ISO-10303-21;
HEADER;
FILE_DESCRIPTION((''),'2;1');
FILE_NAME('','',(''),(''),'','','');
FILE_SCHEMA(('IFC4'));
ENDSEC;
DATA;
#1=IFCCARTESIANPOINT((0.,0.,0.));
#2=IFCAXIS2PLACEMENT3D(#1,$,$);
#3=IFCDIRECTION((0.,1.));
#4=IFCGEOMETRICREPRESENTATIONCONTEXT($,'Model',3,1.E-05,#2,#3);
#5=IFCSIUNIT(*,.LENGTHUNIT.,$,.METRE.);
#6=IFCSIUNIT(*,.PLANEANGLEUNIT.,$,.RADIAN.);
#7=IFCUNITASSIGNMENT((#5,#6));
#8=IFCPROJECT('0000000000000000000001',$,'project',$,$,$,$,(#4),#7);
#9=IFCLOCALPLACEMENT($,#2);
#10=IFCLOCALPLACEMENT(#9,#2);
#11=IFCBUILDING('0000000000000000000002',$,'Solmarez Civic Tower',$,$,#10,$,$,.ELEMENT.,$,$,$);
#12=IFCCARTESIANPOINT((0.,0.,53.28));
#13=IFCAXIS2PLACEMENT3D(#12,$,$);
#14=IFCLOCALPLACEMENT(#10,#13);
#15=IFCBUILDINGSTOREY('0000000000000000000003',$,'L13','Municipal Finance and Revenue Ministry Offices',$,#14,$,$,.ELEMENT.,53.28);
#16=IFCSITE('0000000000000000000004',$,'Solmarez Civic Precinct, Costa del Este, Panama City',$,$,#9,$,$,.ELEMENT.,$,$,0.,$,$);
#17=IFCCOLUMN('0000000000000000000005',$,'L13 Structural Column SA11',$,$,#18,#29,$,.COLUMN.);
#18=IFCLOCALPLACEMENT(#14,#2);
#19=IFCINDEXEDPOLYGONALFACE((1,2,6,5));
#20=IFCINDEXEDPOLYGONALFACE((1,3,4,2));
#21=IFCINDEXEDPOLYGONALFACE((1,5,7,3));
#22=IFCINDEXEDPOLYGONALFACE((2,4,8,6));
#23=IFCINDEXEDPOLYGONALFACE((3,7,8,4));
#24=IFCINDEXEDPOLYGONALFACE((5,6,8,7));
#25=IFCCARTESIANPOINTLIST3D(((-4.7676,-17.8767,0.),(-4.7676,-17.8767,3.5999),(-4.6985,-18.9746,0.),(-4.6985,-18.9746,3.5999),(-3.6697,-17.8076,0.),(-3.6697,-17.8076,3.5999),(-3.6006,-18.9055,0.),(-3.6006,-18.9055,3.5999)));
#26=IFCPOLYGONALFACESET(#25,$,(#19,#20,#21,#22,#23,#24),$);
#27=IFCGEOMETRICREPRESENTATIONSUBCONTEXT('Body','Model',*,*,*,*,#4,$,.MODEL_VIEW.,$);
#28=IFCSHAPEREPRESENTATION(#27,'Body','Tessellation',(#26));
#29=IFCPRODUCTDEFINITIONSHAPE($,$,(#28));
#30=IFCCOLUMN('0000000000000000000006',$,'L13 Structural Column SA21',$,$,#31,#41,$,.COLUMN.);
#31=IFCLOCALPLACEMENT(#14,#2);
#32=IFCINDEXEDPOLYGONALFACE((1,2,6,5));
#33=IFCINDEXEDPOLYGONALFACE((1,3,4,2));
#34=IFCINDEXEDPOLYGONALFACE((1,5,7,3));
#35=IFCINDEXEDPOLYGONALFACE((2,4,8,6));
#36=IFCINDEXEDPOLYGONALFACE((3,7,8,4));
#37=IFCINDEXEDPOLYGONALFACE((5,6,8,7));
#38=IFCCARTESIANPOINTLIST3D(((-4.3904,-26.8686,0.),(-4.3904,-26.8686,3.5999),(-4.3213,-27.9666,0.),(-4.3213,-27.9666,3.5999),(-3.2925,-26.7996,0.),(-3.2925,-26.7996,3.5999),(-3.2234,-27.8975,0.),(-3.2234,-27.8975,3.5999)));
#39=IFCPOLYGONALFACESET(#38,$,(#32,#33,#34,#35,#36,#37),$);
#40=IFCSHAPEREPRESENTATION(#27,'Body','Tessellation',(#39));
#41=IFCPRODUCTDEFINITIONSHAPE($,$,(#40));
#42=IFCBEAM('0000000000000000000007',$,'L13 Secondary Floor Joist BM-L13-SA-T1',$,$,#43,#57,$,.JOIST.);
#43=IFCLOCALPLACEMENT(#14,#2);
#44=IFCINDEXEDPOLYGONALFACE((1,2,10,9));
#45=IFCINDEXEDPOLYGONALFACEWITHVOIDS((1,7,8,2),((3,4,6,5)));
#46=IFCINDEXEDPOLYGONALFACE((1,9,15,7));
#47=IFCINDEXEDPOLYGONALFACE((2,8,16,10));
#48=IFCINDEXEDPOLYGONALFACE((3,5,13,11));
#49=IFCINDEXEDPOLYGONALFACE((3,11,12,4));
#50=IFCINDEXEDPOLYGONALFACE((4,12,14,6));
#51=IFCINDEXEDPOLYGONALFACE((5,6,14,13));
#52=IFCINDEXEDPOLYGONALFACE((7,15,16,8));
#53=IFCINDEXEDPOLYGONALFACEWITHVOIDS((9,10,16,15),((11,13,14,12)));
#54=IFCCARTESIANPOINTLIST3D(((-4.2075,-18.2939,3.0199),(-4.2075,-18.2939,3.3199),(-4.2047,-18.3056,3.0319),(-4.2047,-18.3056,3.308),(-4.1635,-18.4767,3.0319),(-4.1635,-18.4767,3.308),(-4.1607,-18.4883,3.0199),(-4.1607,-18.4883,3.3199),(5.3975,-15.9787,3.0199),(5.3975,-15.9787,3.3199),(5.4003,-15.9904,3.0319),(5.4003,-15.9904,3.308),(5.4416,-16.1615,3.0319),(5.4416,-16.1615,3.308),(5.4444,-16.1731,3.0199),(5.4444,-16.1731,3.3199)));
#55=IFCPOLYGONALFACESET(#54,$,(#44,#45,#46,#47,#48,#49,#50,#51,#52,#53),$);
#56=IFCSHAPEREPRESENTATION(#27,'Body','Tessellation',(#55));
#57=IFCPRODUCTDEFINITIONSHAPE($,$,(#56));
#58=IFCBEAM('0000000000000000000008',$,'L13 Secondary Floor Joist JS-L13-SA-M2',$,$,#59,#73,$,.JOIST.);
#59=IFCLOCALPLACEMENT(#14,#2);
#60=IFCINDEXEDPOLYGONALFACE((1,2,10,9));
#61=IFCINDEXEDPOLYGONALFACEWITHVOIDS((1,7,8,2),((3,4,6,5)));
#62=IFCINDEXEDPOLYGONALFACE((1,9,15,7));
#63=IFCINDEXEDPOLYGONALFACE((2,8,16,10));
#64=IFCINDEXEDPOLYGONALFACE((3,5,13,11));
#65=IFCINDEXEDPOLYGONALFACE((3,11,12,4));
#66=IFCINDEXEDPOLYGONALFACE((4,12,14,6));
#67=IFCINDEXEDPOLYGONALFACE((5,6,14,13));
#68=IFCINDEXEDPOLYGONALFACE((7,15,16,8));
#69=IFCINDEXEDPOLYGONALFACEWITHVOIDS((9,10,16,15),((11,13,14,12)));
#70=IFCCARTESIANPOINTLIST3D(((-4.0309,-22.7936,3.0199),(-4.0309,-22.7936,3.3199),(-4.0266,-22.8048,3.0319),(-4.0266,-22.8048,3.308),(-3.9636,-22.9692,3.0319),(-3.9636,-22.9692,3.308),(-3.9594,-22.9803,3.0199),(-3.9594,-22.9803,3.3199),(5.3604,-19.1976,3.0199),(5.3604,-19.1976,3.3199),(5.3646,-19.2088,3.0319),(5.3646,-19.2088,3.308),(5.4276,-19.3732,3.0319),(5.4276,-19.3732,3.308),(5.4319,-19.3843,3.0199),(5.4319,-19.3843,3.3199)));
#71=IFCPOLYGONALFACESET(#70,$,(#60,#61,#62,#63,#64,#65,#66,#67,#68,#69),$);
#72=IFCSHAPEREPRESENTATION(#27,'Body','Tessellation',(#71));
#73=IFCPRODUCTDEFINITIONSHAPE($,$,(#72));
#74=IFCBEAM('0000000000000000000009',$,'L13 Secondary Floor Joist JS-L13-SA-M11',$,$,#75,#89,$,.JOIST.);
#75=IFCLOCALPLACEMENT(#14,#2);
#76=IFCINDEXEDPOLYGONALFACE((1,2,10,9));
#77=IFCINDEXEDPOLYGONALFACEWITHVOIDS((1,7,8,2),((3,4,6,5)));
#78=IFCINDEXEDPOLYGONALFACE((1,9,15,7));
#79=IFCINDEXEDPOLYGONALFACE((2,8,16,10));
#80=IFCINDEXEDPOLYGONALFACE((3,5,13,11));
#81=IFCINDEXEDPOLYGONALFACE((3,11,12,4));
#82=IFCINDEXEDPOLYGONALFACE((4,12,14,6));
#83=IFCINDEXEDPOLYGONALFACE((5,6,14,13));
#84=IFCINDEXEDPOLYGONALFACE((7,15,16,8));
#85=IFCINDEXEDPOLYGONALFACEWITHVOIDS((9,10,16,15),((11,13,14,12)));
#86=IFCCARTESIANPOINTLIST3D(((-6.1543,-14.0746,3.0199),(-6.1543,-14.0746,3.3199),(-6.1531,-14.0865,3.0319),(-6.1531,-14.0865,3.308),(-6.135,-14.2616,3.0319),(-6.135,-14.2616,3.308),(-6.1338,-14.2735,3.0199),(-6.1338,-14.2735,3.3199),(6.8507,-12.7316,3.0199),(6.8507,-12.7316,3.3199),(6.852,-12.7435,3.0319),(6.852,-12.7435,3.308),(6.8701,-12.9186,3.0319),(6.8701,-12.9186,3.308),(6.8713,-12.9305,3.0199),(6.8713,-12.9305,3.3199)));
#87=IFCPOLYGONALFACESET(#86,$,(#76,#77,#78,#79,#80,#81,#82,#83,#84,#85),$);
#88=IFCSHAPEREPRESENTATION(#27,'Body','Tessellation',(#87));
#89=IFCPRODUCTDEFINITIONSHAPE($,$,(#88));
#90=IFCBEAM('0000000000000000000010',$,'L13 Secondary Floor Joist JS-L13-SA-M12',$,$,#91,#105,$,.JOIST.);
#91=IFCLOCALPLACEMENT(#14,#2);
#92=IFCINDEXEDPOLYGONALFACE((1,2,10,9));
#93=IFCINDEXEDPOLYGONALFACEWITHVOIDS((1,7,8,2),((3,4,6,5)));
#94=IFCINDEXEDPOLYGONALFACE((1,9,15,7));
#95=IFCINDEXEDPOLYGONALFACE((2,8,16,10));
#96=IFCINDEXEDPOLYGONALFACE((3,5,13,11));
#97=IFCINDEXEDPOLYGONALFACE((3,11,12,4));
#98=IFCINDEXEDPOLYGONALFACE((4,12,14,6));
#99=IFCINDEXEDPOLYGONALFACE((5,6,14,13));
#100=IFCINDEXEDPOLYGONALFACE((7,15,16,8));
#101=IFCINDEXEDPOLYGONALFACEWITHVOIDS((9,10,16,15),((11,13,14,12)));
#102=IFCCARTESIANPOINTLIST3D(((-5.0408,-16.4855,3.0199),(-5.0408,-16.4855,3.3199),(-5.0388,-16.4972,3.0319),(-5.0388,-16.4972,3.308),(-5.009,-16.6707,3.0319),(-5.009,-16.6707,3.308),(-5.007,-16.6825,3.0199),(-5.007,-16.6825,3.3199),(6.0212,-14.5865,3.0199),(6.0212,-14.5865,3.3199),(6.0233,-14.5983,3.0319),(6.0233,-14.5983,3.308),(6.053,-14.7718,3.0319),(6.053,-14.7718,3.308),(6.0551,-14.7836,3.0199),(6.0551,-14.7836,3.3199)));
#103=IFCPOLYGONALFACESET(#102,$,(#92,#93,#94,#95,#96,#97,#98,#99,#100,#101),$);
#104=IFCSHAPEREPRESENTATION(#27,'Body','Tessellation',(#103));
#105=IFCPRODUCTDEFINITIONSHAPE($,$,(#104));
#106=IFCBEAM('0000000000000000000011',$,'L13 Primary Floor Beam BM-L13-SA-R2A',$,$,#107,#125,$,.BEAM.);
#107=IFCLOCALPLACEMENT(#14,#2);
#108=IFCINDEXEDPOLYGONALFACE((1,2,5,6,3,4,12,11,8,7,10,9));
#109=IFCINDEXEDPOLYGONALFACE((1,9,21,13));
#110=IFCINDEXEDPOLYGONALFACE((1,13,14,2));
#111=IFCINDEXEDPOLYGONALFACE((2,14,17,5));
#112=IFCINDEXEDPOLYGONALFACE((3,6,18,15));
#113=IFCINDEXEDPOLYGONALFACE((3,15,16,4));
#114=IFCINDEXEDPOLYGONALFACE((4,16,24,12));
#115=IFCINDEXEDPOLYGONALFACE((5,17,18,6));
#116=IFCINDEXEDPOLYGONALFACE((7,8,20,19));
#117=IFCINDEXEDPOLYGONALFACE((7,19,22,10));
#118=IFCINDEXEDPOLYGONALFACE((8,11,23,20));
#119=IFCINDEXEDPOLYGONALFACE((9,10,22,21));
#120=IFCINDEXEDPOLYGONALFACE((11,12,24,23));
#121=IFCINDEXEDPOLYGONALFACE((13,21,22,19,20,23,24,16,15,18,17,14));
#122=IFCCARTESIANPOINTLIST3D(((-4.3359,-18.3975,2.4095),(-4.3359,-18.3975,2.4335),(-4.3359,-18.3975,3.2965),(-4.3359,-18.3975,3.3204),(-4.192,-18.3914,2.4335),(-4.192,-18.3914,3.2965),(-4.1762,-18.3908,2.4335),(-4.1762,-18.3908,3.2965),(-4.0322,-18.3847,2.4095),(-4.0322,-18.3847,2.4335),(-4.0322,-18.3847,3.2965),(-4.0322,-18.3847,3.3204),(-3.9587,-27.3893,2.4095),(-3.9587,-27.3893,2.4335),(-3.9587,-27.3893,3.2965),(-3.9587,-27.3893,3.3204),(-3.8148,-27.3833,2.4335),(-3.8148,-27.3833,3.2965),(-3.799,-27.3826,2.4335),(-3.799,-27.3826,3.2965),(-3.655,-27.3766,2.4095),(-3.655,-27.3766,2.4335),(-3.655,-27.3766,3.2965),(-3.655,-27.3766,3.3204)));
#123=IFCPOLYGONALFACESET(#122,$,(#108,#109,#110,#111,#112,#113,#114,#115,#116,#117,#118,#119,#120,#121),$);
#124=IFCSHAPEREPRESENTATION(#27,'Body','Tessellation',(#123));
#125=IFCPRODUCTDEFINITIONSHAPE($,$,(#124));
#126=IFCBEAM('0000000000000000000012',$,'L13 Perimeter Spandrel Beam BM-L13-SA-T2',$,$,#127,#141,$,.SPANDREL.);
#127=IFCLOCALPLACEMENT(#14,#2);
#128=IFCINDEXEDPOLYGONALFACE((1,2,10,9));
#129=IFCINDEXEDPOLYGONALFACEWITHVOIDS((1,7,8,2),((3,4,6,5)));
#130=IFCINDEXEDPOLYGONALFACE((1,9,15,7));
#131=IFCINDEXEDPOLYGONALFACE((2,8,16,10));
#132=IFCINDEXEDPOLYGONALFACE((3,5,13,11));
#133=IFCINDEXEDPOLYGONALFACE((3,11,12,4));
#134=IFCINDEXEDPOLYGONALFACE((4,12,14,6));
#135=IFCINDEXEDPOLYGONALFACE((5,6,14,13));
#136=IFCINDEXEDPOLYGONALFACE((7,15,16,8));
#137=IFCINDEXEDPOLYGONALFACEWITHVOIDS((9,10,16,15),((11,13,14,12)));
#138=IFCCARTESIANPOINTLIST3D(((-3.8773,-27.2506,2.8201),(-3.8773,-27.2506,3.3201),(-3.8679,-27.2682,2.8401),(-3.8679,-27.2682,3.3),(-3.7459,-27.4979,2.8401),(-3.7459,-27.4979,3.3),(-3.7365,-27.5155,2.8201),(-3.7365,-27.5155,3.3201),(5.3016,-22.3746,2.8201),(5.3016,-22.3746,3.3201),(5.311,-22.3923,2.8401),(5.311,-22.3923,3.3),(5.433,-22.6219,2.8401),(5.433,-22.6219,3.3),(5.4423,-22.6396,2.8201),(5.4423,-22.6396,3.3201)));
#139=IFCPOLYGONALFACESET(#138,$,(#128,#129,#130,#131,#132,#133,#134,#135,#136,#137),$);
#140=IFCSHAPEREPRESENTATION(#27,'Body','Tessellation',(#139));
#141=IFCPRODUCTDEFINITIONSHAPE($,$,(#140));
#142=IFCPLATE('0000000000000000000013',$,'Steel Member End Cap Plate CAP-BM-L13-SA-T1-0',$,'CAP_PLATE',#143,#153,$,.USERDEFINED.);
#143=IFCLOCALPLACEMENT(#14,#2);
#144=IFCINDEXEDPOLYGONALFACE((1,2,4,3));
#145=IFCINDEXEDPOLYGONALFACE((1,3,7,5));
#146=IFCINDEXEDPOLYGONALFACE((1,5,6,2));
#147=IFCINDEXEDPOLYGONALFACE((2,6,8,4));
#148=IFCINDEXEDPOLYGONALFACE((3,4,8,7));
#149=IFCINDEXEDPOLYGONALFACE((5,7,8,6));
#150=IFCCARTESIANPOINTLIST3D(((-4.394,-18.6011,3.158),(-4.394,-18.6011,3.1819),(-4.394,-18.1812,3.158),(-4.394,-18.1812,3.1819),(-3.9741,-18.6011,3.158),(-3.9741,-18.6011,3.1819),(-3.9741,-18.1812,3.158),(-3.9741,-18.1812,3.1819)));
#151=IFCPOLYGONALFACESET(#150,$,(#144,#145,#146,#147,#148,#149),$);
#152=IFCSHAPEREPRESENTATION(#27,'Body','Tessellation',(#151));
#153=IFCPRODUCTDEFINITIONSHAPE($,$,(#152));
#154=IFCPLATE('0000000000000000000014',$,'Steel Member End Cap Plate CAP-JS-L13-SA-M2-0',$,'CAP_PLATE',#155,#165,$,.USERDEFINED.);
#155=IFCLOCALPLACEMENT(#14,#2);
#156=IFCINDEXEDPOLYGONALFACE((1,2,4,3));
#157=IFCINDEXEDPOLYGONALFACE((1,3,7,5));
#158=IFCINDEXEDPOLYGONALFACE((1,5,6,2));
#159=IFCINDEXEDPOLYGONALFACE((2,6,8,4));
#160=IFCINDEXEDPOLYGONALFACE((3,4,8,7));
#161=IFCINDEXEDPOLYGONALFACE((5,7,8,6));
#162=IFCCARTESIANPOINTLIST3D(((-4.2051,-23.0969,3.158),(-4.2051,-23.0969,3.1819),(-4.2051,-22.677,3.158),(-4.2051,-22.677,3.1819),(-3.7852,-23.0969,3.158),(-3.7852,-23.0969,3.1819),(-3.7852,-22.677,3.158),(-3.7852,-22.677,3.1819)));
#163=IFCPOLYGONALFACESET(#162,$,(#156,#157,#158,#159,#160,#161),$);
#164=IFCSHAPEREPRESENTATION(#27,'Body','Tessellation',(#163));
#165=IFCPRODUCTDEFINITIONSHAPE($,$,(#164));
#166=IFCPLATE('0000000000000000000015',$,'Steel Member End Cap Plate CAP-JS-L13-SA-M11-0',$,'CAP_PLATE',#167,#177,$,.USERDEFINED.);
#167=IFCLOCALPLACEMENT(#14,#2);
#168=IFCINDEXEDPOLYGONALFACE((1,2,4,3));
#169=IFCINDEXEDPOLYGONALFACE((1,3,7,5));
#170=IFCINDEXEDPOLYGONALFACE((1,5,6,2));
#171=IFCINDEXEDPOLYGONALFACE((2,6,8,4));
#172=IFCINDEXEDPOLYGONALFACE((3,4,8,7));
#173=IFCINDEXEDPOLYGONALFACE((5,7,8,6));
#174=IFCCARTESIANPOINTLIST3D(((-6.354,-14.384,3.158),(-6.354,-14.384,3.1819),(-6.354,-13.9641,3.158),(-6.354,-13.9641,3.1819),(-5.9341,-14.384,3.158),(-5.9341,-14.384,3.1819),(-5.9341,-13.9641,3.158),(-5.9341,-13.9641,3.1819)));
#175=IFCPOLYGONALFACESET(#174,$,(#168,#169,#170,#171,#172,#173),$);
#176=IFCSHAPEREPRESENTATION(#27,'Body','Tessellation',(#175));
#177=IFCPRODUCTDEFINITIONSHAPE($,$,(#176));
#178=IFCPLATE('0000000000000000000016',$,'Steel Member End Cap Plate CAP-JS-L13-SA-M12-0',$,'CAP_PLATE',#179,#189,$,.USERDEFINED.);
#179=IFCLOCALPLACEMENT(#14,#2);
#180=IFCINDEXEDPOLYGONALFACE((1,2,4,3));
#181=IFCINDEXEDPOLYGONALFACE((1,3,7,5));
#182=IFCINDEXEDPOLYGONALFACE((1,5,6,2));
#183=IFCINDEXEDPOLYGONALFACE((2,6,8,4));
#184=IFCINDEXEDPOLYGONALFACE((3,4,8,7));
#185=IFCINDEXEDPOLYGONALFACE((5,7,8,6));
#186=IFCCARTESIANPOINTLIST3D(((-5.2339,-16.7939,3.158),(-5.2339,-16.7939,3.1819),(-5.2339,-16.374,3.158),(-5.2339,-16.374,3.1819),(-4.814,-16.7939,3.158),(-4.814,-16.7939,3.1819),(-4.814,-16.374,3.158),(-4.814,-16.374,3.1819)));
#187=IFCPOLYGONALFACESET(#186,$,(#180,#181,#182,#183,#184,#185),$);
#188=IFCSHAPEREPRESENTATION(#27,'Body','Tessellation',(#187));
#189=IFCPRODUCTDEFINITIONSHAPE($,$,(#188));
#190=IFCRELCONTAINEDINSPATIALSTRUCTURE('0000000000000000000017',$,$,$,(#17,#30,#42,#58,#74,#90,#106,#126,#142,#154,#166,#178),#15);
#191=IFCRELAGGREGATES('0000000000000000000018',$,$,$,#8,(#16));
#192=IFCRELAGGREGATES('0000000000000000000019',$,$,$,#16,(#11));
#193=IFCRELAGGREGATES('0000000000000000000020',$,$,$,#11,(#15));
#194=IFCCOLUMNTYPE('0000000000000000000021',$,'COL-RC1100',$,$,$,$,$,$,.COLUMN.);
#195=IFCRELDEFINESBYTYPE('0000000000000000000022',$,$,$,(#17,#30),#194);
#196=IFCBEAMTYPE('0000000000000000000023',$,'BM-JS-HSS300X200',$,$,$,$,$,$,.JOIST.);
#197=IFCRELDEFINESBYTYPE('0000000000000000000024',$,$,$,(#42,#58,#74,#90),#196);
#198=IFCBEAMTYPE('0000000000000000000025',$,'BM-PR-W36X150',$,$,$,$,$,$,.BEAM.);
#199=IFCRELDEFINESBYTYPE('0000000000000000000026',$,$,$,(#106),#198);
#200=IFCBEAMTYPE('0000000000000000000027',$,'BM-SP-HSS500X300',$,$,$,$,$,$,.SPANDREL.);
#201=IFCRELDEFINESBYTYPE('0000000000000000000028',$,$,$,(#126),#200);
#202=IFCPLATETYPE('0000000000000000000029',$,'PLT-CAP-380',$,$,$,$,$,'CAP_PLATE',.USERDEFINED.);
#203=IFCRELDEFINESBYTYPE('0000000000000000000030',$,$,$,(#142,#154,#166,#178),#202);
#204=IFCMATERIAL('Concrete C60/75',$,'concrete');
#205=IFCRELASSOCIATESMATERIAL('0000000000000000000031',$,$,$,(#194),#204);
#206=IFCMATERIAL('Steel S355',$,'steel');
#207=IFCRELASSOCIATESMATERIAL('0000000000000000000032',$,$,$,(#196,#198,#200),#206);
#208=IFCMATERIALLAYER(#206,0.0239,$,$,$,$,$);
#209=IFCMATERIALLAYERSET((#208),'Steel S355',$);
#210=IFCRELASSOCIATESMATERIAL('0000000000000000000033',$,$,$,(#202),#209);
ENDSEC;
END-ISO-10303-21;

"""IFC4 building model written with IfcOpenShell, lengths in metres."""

from ifc_helpers import new_model, si_unit, direction, frame, origin, origin_2d, place, context, subcontext, project, spatial, rectangle, hollow_rectangle, i_section, extrude, material, layer, layer_set, material_profile, profile_set, type_object, element, save


model = new_model("IFC4")

# Units and contexts
model_context = context("Model", 3, precision=1e-05, world=origin(), true_north=direction((0.0, 1.0)))
body_context = subcontext(model_context, "Body", "Model", "MODEL_VIEW")
ifc_project = project(units=[si_unit("LENGTHUNIT", "METRE"), si_unit("PLANEANGLEUNIT", "RADIAN")], contexts=[model_context])

# Site, building, storey
site_placement = place(None, origin())
site = spatial("IfcSite", under=ifc_project, at=site_placement, Name="Solmarez Civic Precinct, Costa del Este, Panama City", CompositionType="ELEMENT", RefElevation=0.0)
building_placement = place(site_placement, origin())
building = spatial("IfcBuilding", under=site, at=building_placement, Name="Solmarez Civic Tower", CompositionType="ELEMENT")
storey_placement = place(building_placement, frame((0.0, 0.0, 53.28)))
storey = spatial("IfcBuildingStorey", under=building, at=storey_placement, Name="L13", Description="Municipal Finance and Revenue Ministry Offices", CompositionType="ELEMENT", Elevation=53.28)

# Columns
ifc_material_1 = material(Name="Concrete C60/75", Category="concrete")
ifc_material_profile_1 = material_profile(ifc_material_1, rectangle(XDim=1.1001, YDim=1.1001, at=origin_2d()), Name="RC1100X1100")
ifc_profile_set_1 = profile_set([ifc_material_profile_1], Name="Concrete C60/75")
column_type = type_object("IfcColumnType", Name="COL-RC1100", PredefinedType="COLUMN", material=ifc_profile_set_1)
for number, where, z_axis, x_axis, name in (
    (1, (-4.1841, -18.3911, 0.0), (0.0, 0.0, 1.0), (0.998027, 0.062791, 0.0), "L13 Structural Column SA11"),
    (2, (-3.8069, -27.3831, 0.0), (0.0, 0.0, 1.0), (0.998027, 0.062791, 0.0), "L13 Structural Column SA21"),
):
    element("IfcColumn", number, at=place(storey_placement, frame(where, z_axis=z_axis, x_axis=x_axis)), inside=storey, type_object=column_type, Name=name, PredefinedType="COLUMN", context=body_context, shape_type="SweptSolid", body=[
        extrude(rectangle(XDim=1.1001, YDim=1.1001, at=origin_2d()), origin(), (0.0, 0.0, 1.0), 3.5999),
    ])

# Beams
ifc_material_2 = material(Name="Steel S355", Category="steel")
ifc_material_profile_2 = material_profile(ifc_material_2, hollow_rectangle(XDim=0.2, YDim=0.3, WallThickness=0.012, at=origin_2d()), Name="HSS300X200X12")
ifc_profile_set_2 = profile_set([ifc_material_profile_2], Name="Steel S355")
beam_type_1 = type_object("IfcBeamType", Name="BM-JS-HSS300X200", PredefinedType="JOIST", material=ifc_profile_set_2)
beam_1_placement = place(storey_placement, frame((-4.1841, -18.3911, 3.1699), z_axis=(0.972157, 0.234329, 0.0), x_axis=(-0.234329, 0.972157, 0.0)))
element("IfcBeam", 3, at=beam_1_placement, inside=storey, type_object=beam_type_1, Name="L13 Secondary Floor Joist BM-L13-SA-T1", PredefinedType="JOIST", context=body_context, shape_type="SweptSolid", body=[
    extrude(hollow_rectangle(XDim=0.2, YDim=0.3, WallThickness=0.012, at=origin_2d()), origin(), (0.0, 0.0, 1.0), 9.8801),
])
beam_2_placement = place(storey_placement, frame((-3.9951, -22.887, 3.1699), z_axis=(0.933878, 0.357591, 0.0), x_axis=(-0.357591, 0.933878, 0.0)))
element("IfcBeam", 4, at=beam_2_placement, inside=storey, type_object=beam_type_1, Name="L13 Secondary Floor Joist JS-L13-SA-M2", PredefinedType="JOIST", context=body_context, shape_type="SweptSolid", body=[
    extrude(hollow_rectangle(XDim=0.2, YDim=0.3, WallThickness=0.012, at=origin_2d()), origin(), (0.0, 0.0, 1.0), 10.0562),
])
beam_3_placement = place(storey_placement, frame((-6.144, -14.1741, 3.1699), z_axis=(0.99471, 0.102722, 0.0), x_axis=(-0.102722, 0.99471, 0.0)))
element("IfcBeam", 5, at=beam_3_placement, inside=storey, type_object=beam_type_1, Name="L13 Secondary Floor Joist JS-L13-SA-M11", PredefinedType="JOIST", context=body_context, shape_type="SweptSolid", body=[
    extrude(hollow_rectangle(XDim=0.2, YDim=0.3, WallThickness=0.012, at=origin_2d()), origin(), (0.0, 0.0, 1.0), 13.0742),
])
beam_4_placement = place(storey_placement, frame((-5.0239, -16.584, 3.1699), z_axis=(0.985584, 0.169187, 0.0), x_axis=(-0.169187, 0.985584, 0.0)))
element("IfcBeam", 6, at=beam_4_placement, inside=storey, type_object=beam_type_1, Name="L13 Secondary Floor Joist JS-L13-SA-M12", PredefinedType="JOIST", context=body_context, shape_type="SweptSolid", body=[
    extrude(hollow_rectangle(XDim=0.2, YDim=0.3, WallThickness=0.012, at=origin_2d()), origin(), (0.0, 0.0, 1.0), 11.2239),
])
ifc_material_profile_3 = material_profile(ifc_material_2, i_section(OverallWidth=0.304, OverallDepth=0.9109, WebThickness=0.0159, FlangeThickness=0.0239, at=origin_2d()), Name="W36X150")
ifc_profile_set_3 = profile_set([ifc_material_profile_3], Name="Steel S355")
beam_type_2 = type_object("IfcBeamType", Name="BM-PR-W36X150", PredefinedType="BEAM", material=ifc_profile_set_3)
beam_5_placement = place(storey_placement, frame((-4.1841, -18.3911, 2.865), z_axis=(0.041911, -0.999121, 0.0), x_axis=(0.999121, 0.041911, 0.0)))
element("IfcBeam", 7, at=beam_5_placement, inside=storey, type_object=beam_type_2, Name="L13 Primary Floor Beam BM-L13-SA-R2A", PredefinedType="BEAM", context=body_context, shape_type="SweptSolid", body=[
    extrude(i_section(OverallWidth=0.304, OverallDepth=0.9109, WebThickness=0.0159, FlangeThickness=0.0239, at=origin_2d()), origin(), (0.0, 0.0, 1.0), 8.9998),
])
ifc_material_profile_4 = material_profile(ifc_material_2, hollow_rectangle(XDim=0.3, YDim=0.5, WallThickness=0.02, at=origin_2d()), Name="HSS500X300X20")
ifc_profile_set_4 = profile_set([ifc_material_profile_4], Name="Steel S355")
beam_type_3 = type_object("IfcBeamType", Name="BM-SP-HSS500X300", PredefinedType="SPANDREL", material=ifc_profile_set_4)
beam_6_placement = place(storey_placement, frame((-3.8069, -27.3831, 3.0701), z_axis=(0.883129, 0.469129, 0.0), x_axis=(-0.469129, 0.883129, 0.0)))
element("IfcBeam", 8, at=beam_6_placement, inside=storey, type_object=beam_type_3, Name="L13 Perimeter Spandrel Beam BM-L13-SA-T2", PredefinedType="SPANDREL", context=body_context, shape_type="SweptSolid", body=[
    extrude(hollow_rectangle(XDim=0.3, YDim=0.5, WallThickness=0.02, at=origin_2d()), origin(), (0.0, 0.0, 1.0), 10.3936),
])

# Plates
ifc_layer_1 = layer(ifc_material_2, 0.0239)
ifc_layer_set_1 = layer_set([ifc_layer_1], Name="Steel S355")
plate_type_1 = type_object("IfcPlateType", Name="PLT-CAP-380", ElementType="CAP_PLATE", PredefinedType="USERDEFINED", material=ifc_layer_set_1)
for number, where, z_axis, x_axis, name in (
    (9, (-4.1841, -18.3911, 3.158), (0.0, 0.0, 1.0), (1.0, 0.0, 0.0), "Steel Member End Cap Plate CAP-BM-L13-SA-T1-0"),
    (10, (-3.9951, -22.887, 3.158), (0.0, 0.0, 1.0), (1.0, 0.0, 0.0), "Steel Member End Cap Plate CAP-JS-L13-SA-M2-0"),
    (11, (-6.144, -14.1741, 3.158), (0.0, 0.0, 1.0), (1.0, 0.0, 0.0), "Steel Member End Cap Plate CAP-JS-L13-SA-M11-0"),
    (12, (-5.0239, -16.584, 3.158), (0.0, 0.0, 1.0), (1.0, 0.0, 0.0), "Steel Member End Cap Plate CAP-JS-L13-SA-M12-0"),
):
    element("IfcPlate", number, at=place(storey_placement, frame(where, z_axis=z_axis, x_axis=x_axis)), inside=storey, type_object=plate_type_1, Name=name, ObjectType="CAP_PLATE", PredefinedType="USERDEFINED", context=body_context, shape_type="SweptSolid", body=[
        extrude(rectangle(XDim=0.4199, YDim=0.4199, at=origin_2d()), origin(), (0.0, 0.0, 1.0), 0.0239),
    ])

save(model, "model.ifc")
